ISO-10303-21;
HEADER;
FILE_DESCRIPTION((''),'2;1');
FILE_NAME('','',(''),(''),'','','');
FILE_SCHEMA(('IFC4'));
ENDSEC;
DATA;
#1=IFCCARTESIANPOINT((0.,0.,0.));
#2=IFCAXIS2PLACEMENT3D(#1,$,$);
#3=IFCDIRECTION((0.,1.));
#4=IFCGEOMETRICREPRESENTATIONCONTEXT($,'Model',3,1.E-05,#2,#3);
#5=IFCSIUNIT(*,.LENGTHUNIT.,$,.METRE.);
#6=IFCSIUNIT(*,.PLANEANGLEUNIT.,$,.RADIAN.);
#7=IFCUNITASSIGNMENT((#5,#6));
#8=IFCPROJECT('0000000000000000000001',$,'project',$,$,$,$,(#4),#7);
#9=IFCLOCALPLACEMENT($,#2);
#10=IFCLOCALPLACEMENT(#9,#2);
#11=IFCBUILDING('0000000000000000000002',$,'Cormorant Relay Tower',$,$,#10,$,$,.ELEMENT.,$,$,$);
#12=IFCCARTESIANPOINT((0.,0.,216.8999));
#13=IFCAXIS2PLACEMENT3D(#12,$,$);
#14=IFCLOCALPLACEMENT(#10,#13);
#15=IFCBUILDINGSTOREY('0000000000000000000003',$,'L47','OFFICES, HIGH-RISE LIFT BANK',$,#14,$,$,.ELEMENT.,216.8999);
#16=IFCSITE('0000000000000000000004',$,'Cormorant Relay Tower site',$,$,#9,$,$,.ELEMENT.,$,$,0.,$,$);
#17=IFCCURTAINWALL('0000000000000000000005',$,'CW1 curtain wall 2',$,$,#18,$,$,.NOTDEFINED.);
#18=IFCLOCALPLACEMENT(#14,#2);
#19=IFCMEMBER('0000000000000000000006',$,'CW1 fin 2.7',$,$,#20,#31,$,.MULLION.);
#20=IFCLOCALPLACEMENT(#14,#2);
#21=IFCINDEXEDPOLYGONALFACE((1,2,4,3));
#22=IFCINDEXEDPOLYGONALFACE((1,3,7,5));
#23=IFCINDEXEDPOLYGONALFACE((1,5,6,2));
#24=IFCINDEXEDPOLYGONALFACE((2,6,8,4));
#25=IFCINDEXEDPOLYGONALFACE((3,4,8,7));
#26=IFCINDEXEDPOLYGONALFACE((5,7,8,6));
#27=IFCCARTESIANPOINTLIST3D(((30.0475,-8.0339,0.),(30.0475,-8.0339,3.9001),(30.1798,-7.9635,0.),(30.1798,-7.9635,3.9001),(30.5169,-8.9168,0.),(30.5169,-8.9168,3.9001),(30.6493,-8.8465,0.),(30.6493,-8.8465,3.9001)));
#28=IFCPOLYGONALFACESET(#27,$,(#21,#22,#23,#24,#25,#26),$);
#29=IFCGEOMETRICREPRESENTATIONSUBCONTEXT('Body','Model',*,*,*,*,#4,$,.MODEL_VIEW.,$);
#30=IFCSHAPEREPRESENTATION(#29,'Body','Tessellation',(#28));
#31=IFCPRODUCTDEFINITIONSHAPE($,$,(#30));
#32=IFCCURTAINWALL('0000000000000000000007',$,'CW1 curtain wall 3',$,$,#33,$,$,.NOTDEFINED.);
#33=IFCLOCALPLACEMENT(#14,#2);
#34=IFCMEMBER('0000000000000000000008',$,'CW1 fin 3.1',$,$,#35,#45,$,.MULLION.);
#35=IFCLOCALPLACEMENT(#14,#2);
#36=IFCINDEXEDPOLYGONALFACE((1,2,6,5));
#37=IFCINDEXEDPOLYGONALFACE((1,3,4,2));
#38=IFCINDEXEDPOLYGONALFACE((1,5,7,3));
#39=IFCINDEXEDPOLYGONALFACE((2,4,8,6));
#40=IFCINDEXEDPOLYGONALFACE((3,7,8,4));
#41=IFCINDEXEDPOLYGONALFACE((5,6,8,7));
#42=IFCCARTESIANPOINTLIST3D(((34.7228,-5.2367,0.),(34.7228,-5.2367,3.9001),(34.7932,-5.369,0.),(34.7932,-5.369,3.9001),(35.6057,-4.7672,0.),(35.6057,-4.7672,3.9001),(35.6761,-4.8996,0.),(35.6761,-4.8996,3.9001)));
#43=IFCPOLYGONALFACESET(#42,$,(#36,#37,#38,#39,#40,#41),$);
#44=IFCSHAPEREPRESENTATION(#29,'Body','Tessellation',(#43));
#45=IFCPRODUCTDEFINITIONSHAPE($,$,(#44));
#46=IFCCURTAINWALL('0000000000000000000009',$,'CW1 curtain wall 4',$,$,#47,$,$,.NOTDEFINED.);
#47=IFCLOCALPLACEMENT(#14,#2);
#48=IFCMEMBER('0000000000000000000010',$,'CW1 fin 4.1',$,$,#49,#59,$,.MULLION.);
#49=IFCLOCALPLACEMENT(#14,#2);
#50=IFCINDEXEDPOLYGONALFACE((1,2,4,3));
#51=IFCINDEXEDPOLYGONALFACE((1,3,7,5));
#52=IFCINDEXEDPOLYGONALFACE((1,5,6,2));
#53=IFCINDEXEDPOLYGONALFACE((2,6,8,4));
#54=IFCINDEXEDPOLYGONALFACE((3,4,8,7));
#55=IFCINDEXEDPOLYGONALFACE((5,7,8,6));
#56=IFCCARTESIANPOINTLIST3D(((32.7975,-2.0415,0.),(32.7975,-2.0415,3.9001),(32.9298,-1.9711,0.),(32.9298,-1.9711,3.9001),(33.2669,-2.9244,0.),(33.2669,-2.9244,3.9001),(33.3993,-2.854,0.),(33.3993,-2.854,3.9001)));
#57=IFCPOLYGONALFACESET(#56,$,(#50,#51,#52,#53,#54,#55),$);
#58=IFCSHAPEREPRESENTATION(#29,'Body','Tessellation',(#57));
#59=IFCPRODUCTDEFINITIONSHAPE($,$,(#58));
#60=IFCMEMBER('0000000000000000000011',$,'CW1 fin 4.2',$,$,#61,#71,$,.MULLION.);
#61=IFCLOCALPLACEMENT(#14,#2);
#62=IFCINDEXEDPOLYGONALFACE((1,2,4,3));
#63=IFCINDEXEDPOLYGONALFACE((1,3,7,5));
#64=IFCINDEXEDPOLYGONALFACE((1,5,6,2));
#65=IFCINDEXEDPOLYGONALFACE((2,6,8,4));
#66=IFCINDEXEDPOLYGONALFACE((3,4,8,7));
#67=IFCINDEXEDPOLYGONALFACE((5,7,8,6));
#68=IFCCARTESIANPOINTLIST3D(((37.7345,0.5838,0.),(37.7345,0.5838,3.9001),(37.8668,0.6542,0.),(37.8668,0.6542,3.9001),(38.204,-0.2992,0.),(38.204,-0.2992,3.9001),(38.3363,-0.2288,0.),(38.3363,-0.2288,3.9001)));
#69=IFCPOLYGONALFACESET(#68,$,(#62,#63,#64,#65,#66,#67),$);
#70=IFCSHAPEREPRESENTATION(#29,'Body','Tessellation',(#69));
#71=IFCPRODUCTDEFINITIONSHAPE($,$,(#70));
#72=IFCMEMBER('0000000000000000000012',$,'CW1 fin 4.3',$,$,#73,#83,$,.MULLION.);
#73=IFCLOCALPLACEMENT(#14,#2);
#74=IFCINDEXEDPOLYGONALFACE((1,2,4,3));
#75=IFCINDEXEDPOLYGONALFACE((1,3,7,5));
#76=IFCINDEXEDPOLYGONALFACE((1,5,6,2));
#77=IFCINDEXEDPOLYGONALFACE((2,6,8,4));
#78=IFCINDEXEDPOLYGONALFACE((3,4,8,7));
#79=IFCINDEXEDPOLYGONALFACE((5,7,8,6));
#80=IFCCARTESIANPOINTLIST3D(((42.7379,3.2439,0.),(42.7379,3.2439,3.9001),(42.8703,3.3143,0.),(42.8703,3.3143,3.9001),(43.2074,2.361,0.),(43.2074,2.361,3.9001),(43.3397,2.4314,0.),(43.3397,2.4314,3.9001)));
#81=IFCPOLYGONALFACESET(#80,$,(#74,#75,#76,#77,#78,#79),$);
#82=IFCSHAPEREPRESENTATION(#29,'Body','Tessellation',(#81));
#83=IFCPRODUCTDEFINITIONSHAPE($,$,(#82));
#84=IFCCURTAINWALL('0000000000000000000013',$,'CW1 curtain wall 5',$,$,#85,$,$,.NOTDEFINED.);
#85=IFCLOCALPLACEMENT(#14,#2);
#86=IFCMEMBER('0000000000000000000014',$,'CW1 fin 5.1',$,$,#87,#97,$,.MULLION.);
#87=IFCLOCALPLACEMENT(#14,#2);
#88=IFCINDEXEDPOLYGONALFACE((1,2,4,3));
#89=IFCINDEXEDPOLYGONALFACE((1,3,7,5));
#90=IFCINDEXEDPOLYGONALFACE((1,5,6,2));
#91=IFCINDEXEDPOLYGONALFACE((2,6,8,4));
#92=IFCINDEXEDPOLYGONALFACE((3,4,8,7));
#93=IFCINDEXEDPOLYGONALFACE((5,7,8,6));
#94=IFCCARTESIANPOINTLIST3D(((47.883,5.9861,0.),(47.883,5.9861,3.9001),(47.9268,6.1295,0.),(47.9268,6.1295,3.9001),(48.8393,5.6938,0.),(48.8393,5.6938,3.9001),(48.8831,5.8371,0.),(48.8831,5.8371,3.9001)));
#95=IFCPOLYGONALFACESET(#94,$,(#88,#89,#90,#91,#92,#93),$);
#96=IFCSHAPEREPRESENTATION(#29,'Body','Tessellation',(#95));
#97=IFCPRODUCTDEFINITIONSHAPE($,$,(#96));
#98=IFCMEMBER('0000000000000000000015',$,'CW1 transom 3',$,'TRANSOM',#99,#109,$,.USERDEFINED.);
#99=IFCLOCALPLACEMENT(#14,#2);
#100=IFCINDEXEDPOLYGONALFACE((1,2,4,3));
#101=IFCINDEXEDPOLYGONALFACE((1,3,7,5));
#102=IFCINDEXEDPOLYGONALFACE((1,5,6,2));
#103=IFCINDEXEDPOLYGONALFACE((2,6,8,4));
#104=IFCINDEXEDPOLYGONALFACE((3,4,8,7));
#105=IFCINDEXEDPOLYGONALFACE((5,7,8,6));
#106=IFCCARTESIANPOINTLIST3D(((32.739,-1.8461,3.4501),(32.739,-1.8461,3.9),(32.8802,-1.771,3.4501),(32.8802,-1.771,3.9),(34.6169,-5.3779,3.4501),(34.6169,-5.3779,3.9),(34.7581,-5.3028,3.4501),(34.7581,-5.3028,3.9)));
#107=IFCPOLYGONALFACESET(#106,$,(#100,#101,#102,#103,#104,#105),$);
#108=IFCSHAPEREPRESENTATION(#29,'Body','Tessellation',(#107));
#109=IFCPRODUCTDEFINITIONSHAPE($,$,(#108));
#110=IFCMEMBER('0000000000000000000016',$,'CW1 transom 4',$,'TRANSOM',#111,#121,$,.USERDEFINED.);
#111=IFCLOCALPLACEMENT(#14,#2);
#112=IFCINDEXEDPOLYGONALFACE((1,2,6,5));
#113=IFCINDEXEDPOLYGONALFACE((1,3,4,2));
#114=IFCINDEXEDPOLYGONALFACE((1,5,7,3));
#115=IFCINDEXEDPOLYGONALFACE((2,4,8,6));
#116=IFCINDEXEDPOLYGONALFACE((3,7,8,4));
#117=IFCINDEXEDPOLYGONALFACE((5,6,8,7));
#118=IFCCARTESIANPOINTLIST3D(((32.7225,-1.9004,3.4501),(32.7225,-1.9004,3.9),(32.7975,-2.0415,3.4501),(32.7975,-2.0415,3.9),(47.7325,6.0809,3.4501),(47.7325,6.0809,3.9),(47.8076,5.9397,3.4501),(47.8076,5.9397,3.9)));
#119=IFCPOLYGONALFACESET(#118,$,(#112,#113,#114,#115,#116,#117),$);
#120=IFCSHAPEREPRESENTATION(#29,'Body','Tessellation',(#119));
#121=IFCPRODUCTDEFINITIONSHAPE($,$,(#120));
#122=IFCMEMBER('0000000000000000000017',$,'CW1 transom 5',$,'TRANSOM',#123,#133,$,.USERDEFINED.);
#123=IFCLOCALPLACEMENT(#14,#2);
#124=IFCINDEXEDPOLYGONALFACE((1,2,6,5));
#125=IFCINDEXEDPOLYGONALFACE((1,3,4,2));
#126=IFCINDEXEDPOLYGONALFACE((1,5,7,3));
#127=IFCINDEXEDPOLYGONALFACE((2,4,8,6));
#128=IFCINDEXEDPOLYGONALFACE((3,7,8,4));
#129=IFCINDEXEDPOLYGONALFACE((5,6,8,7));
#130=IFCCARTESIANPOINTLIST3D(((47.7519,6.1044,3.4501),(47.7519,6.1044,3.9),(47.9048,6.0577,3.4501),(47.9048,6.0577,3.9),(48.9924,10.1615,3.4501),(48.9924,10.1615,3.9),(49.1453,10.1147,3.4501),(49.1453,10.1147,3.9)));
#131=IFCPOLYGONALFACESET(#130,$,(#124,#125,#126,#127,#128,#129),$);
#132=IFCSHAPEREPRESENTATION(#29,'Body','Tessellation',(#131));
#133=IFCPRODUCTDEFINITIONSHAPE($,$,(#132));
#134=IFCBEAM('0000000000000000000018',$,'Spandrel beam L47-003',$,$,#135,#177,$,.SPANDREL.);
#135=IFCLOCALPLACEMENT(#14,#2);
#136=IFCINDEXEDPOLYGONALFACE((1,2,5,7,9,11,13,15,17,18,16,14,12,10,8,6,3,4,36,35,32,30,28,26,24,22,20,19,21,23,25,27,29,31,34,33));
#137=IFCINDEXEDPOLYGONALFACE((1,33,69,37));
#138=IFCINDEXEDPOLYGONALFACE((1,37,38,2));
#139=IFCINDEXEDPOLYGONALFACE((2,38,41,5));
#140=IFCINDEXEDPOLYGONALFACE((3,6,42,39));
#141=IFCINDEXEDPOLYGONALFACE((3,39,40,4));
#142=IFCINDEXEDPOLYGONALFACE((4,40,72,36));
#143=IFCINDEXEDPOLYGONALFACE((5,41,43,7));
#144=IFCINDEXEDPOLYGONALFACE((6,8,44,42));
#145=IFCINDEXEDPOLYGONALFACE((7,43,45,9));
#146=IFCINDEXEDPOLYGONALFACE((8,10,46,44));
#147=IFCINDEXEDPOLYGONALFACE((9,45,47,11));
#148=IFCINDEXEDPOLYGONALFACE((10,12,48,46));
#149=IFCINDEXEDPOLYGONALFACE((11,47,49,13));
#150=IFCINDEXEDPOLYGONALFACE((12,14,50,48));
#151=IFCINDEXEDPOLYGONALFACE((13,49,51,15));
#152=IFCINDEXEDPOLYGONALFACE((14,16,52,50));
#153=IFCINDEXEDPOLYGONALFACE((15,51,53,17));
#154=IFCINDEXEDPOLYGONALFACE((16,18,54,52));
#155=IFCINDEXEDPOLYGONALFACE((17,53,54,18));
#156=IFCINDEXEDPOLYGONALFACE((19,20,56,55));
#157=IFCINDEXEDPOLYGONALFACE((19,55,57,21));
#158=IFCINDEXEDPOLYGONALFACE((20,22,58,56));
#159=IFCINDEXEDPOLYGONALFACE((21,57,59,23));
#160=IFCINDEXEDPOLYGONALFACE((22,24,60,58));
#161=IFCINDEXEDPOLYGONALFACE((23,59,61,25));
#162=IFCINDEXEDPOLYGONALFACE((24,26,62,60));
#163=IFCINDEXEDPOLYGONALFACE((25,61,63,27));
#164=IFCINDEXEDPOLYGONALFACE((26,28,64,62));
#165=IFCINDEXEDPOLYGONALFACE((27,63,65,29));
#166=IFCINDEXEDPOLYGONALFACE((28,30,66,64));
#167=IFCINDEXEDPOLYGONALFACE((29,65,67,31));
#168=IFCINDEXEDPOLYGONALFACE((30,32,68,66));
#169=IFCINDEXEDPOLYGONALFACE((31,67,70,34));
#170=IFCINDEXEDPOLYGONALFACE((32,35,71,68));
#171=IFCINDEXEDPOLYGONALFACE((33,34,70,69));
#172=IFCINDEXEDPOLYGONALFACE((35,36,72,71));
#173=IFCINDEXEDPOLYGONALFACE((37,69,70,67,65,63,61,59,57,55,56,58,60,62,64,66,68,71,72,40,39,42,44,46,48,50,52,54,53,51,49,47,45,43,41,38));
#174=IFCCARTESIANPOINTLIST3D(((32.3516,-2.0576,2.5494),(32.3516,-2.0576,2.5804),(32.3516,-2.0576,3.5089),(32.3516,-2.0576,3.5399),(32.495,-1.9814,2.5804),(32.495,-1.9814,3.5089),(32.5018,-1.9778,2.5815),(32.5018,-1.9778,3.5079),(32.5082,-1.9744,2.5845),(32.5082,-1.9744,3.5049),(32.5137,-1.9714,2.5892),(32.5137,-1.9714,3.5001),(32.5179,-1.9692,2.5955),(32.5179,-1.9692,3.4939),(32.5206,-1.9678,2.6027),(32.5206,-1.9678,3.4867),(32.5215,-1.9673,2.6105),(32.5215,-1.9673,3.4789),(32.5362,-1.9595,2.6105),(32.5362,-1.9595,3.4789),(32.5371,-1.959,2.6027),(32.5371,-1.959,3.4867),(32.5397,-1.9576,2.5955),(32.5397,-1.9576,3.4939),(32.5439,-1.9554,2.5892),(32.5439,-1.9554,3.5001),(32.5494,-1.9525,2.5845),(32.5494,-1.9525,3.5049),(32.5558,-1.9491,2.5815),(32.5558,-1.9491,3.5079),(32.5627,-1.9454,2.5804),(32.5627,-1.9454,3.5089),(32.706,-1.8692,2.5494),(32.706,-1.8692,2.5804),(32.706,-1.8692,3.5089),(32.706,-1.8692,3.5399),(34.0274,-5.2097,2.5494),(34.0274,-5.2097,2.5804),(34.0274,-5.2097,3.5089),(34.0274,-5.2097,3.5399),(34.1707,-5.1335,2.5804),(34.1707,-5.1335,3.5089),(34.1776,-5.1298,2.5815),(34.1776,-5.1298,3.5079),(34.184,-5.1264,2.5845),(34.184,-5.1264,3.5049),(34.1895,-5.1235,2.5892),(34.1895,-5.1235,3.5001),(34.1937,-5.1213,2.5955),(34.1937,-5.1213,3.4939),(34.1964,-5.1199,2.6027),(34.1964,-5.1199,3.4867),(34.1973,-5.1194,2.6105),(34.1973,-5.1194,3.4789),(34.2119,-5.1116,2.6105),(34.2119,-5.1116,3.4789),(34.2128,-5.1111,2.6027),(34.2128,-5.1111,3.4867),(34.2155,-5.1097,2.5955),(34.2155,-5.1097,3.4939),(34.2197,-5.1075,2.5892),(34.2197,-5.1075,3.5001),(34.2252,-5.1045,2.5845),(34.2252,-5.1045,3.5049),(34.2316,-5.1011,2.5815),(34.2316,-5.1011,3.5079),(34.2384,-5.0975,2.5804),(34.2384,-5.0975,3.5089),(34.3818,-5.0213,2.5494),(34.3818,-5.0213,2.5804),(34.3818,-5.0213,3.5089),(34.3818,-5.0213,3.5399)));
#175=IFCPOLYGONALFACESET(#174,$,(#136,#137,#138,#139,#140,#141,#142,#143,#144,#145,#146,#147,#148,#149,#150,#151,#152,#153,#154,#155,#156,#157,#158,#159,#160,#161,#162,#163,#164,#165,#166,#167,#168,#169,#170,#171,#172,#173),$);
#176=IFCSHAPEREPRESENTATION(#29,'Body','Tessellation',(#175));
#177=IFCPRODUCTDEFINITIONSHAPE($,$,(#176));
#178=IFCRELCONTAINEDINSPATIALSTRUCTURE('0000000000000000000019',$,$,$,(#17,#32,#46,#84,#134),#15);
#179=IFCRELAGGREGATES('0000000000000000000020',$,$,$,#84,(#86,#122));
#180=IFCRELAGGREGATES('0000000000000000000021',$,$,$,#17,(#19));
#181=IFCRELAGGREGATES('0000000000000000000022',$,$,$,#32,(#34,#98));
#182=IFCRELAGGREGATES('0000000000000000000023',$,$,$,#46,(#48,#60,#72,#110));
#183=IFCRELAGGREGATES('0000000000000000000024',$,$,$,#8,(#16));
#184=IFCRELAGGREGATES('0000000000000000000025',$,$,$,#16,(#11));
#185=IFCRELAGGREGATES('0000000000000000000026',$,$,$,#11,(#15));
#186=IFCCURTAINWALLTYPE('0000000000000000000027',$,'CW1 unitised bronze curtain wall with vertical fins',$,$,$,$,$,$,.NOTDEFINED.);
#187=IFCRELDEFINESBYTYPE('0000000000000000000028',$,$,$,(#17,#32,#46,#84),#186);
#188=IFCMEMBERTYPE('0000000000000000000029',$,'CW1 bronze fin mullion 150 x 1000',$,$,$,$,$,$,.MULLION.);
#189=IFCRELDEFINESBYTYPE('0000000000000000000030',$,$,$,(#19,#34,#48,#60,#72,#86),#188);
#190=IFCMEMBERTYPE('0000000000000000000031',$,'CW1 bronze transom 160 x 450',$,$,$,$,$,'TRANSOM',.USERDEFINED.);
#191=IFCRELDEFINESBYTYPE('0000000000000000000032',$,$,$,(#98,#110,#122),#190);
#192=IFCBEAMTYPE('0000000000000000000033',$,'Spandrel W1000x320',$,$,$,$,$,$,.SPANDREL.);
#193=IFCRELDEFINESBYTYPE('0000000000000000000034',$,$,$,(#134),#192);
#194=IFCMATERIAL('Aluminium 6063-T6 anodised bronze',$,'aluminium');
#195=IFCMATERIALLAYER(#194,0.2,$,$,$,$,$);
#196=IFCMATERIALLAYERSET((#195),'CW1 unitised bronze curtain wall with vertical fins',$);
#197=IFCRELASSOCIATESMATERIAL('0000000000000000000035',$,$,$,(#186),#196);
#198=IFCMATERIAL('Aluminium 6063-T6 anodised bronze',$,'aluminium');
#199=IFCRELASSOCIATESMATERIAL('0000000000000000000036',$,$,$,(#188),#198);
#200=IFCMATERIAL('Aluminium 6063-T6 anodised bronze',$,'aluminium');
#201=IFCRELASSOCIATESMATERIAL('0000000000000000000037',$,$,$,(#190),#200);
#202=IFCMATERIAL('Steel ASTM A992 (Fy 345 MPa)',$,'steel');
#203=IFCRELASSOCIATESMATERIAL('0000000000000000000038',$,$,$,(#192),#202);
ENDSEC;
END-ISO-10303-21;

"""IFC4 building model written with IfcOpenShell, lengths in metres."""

from ifc_helpers import new_model, si_unit, direction, frame, origin, origin_2d, place, context, subcontext, project, spatial, rectangle, i_section, extrude, material, layer, layer_set, material_profile, profile_set, type_object, element, aggregate, save


model = new_model("IFC4")

# Units and contexts
model_context = context("Model", 3, precision=1e-05, world=origin(), true_north=direction((0.0, 1.0)))
body_context = subcontext(model_context, "Body", "Model", "MODEL_VIEW")
ifc_project = project(units=[si_unit("LENGTHUNIT", "METRE"), si_unit("PLANEANGLEUNIT", "RADIAN")], contexts=[model_context])

# Site, building, storey
site_placement = place(None, origin())
site = spatial("IfcSite", under=ifc_project, at=site_placement, Name="Cormorant Relay Tower site", CompositionType="ELEMENT", RefElevation=0.0)
building_placement = place(site_placement, origin())
building = spatial("IfcBuilding", under=site, at=building_placement, Name="Cormorant Relay Tower", CompositionType="ELEMENT")
storey_placement = place(building_placement, frame((0.0, 0.0, 216.8999)))
storey = spatial("IfcBuildingStorey", under=building, at=storey_placement, Name="L47", Description="OFFICES, HIGH-RISE LIFT BANK", CompositionType="ELEMENT", Elevation=216.8999)

# Curtain walls, members
ifc_material_1 = material(Name="Aluminium 6063-T6 anodised bronze", Category="aluminium")
ifc_layer_1 = layer(ifc_material_1, 0.2)
ifc_layer_set_1 = layer_set([ifc_layer_1], Name="CW1 unitised bronze curtain wall with vertical fins")
curtain_wall_type = type_object("IfcCurtainWallType", Name="CW1 unitised bronze curtain wall with vertical fins", PredefinedType="NOTDEFINED", material=ifc_layer_set_1)
curtain_wall_1_placement = place(storey_placement, origin())
curtain_wall_1 = element("IfcCurtainWall", 1, at=curtain_wall_1_placement, inside=storey, type_object=curtain_wall_type, Name="CW1 curtain wall 2", PredefinedType="NOTDEFINED")
ifc_material_2 = material(Name="Aluminium 6063-T6 anodised bronze", Category="aluminium")
ifc_material_profile_1 = material_profile(ifc_material_2, rectangle(XDim=0.1499, YDim=1.0, at=origin_2d()), Name="AL 150x1000")
ifc_profile_set_1 = profile_set([ifc_material_profile_1], Name="Aluminium 6063-T6 anodised bronze")
member_type_1 = type_object("IfcMemberType", Name="CW1 bronze fin mullion 150 x 1000", PredefinedType="MULLION", material=ifc_profile_set_1)
member_1_placement = place(storey_placement, frame((30.3484, -8.4402, 0.0), z_axis=(0.0, 0.0, 1.0), x_axis=(0.882948, 0.469472, 0.0)))
member_1 = element("IfcMember", 2, at=member_1_placement, type_object=member_type_1, Name="CW1 fin 2.7", PredefinedType="MULLION", context=body_context, shape_type="SweptSolid", body=[
    extrude(rectangle(XDim=0.1499, YDim=1.0, at=origin_2d()), origin(), (0.0, 0.0, 1.0), 3.9001),
])
curtain_wall_2_placement = place(storey_placement, origin())
curtain_wall_2 = element("IfcCurtainWall", 3, at=curtain_wall_2_placement, inside=storey, type_object=curtain_wall_type, Name="CW1 curtain wall 3", PredefinedType="NOTDEFINED")
member_2_placement = place(storey_placement, frame((35.1995, -5.0681, 0.0), z_axis=(0.0, 0.0, 1.0), x_axis=(-0.469472, 0.882948, 0.0)))
member_2 = element("IfcMember", 4, at=member_2_placement, type_object=member_type_1, Name="CW1 fin 3.1", PredefinedType="MULLION", context=body_context, shape_type="SweptSolid", body=[
    extrude(rectangle(XDim=0.1499, YDim=1.0, at=origin_2d()), origin(), (0.0, 0.0, 1.0), 3.9001),
])

# Curtain wall, members
curtain_wall_3_placement = place(storey_placement, origin())
curtain_wall_3 = element("IfcCurtainWall", 5, at=curtain_wall_3_placement, inside=storey, type_object=curtain_wall_type, Name="CW1 curtain wall 4", PredefinedType="NOTDEFINED")
member_3_placement = place(storey_placement, frame((33.0984, -2.4478, 0.0), z_axis=(0.0, 0.0, 1.0), x_axis=(0.882948, 0.469472, 0.0)))
member_3 = element("IfcMember", 6, at=member_3_placement, type_object=member_type_1, Name="CW1 fin 4.1", PredefinedType="MULLION", context=body_context, shape_type="SweptSolid", body=[
    extrude(rectangle(XDim=0.1499, YDim=1.0, at=origin_2d()), origin(), (0.0, 0.0, 1.0), 3.9001),
])
member_4_placement = place(storey_placement, frame((38.0354, 0.1775, 0.0), z_axis=(0.0, 0.0, 1.0), x_axis=(0.882948, 0.469472, 0.0)))
member_4 = element("IfcMember", 7, at=member_4_placement, type_object=member_type_1, Name="CW1 fin 4.2", PredefinedType="MULLION", context=body_context, shape_type="SweptSolid", body=[
    extrude(rectangle(XDim=0.1499, YDim=1.0, at=origin_2d()), origin(), (0.0, 0.0, 1.0), 3.9001),
])
member_5_placement = place(storey_placement, frame((43.0388, 2.8376, 0.0), z_axis=(0.0, 0.0, 1.0), x_axis=(0.882948, 0.469472, 0.0)))
member_5 = element("IfcMember", 8, at=member_5_placement, type_object=member_type_1, Name="CW1 fin 4.3", PredefinedType="MULLION", context=body_context, shape_type="SweptSolid", body=[
    extrude(rectangle(XDim=0.1499, YDim=1.0, at=origin_2d()), origin(), (0.0, 0.0, 1.0), 3.9001),
])

# Curtain wall, member
curtain_wall_4_placement = place(storey_placement, origin())
curtain_wall_4 = element("IfcCurtainWall", 9, at=curtain_wall_4_placement, inside=storey, type_object=curtain_wall_type, Name="CW1 curtain wall 5", PredefinedType="NOTDEFINED")
member_6_placement = place(storey_placement, frame((48.3831, 5.9116, 0.0), z_axis=(0.0, 0.0, 1.0), x_axis=(0.292372, 0.956305, 0.0)))
member_6 = element("IfcMember", 10, at=member_6_placement, type_object=member_type_1, Name="CW1 fin 5.1", PredefinedType="MULLION", context=body_context, shape_type="SweptSolid", body=[
    extrude(rectangle(XDim=0.1499, YDim=1.0, at=origin_2d()), origin(), (0.0, 0.0, 1.0), 3.9001),
])

# Members
ifc_material_3 = material(Name="Aluminium 6063-T6 anodised bronze", Category="aluminium")
ifc_material_profile_2 = material_profile(ifc_material_3, rectangle(XDim=0.1599, YDim=0.45, at=origin_2d()), Name="AL 160x450")
ifc_profile_set_2 = profile_set([ifc_material_profile_2], Name="Aluminium 6063-T6 anodised bronze")
member_type_2 = type_object("IfcMemberType", Name="CW1 bronze transom 160 x 450", ElementType="TRANSOM", PredefinedType="USERDEFINED", material=ifc_profile_set_2)
member_7_placement = place(storey_placement, frame((34.6875, -5.3403, 3.675), z_axis=(-0.469485, 0.88294, 0.0), x_axis=(-0.88294, -0.469485, 0.0)))
member_7 = element("IfcMember", 11, at=member_7_placement, type_object=member_type_2, Name="CW1 transom 3", ObjectType="TRANSOM", PredefinedType="USERDEFINED", context=body_context, shape_type="SweptSolid", body=[
    extrude(rectangle(XDim=0.1599, YDim=0.45, at=origin_2d()), origin(), (0.0, 0.0, 1.0), 4.0),
])
member_8_placement = place(storey_placement, frame((32.76, -1.9709, 3.675), z_axis=(0.882942, 0.469482, 0.0), x_axis=(-0.469482, 0.882942, 0.0)))
member_8 = element("IfcMember", 12, at=member_8_placement, type_object=member_type_2, Name="CW1 transom 4", ObjectType="TRANSOM", PredefinedType="USERDEFINED", context=body_context, shape_type="SweptSolid", body=[
    extrude(rectangle(XDim=0.1599, YDim=0.45, at=origin_2d()), origin(), (0.0, 0.0, 1.0), 17.0),
])
member_9_placement = place(storey_placement, frame((47.8284, 6.0811, 3.675), z_axis=(0.292391, 0.956299, 0.0), x_axis=(-0.956299, 0.292391, 0.0)))
member_9 = element("IfcMember", 13, at=member_9_placement, type_object=member_type_2, Name="CW1 transom 5", ObjectType="TRANSOM", PredefinedType="USERDEFINED", context=body_context, shape_type="SweptSolid", body=[
    extrude(rectangle(XDim=0.1599, YDim=0.45, at=origin_2d()), origin(), (0.0, 0.0, 1.0), 4.2424),
])
aggregate(curtain_wall_4, [member_6, member_9])

# Beam
ifc_material_4 = material(Name="Steel ASTM A992 (Fy 345 MPa)", Category="steel")
ifc_material_profile_3 = material_profile(ifc_material_4, i_section(OverallWidth=0.4014, OverallDepth=0.9905, WebThickness=0.0166, FlangeThickness=0.031, FilletRadius=0.03, at=origin_2d()), Name="W1000x320")
ifc_profile_set_3 = profile_set([ifc_material_profile_3], Name="Steel ASTM A992 (Fy 345 MPa)")
beam_type = type_object("IfcBeamType", Name="Spandrel W1000x320", PredefinedType="SPANDREL", material=ifc_profile_set_3)
beam_1_placement = place(storey_placement, frame((34.2046, -5.1155, 3.0447), z_axis=(-0.469424, 0.882973, 0.0), x_axis=(-0.882973, -0.469424, 0.0)))
element("IfcBeam", 14, at=beam_1_placement, inside=storey, type_object=beam_type, Name="Spandrel beam L47-003", PredefinedType="SPANDREL", context=body_context, shape_type="SweptSolid", body=[
    extrude(i_section(OverallWidth=0.4014, OverallDepth=0.9905, WebThickness=0.0166, FlangeThickness=0.031, FilletRadius=0.03, at=origin_2d()), origin(), (0.0, 0.0, 1.0), 3.5698),
])

aggregate(curtain_wall_1, [member_1])
aggregate(curtain_wall_2, [member_2, member_7])
aggregate(curtain_wall_3, [member_3, member_4, member_5, member_8])

save(model, "model.ifc")
